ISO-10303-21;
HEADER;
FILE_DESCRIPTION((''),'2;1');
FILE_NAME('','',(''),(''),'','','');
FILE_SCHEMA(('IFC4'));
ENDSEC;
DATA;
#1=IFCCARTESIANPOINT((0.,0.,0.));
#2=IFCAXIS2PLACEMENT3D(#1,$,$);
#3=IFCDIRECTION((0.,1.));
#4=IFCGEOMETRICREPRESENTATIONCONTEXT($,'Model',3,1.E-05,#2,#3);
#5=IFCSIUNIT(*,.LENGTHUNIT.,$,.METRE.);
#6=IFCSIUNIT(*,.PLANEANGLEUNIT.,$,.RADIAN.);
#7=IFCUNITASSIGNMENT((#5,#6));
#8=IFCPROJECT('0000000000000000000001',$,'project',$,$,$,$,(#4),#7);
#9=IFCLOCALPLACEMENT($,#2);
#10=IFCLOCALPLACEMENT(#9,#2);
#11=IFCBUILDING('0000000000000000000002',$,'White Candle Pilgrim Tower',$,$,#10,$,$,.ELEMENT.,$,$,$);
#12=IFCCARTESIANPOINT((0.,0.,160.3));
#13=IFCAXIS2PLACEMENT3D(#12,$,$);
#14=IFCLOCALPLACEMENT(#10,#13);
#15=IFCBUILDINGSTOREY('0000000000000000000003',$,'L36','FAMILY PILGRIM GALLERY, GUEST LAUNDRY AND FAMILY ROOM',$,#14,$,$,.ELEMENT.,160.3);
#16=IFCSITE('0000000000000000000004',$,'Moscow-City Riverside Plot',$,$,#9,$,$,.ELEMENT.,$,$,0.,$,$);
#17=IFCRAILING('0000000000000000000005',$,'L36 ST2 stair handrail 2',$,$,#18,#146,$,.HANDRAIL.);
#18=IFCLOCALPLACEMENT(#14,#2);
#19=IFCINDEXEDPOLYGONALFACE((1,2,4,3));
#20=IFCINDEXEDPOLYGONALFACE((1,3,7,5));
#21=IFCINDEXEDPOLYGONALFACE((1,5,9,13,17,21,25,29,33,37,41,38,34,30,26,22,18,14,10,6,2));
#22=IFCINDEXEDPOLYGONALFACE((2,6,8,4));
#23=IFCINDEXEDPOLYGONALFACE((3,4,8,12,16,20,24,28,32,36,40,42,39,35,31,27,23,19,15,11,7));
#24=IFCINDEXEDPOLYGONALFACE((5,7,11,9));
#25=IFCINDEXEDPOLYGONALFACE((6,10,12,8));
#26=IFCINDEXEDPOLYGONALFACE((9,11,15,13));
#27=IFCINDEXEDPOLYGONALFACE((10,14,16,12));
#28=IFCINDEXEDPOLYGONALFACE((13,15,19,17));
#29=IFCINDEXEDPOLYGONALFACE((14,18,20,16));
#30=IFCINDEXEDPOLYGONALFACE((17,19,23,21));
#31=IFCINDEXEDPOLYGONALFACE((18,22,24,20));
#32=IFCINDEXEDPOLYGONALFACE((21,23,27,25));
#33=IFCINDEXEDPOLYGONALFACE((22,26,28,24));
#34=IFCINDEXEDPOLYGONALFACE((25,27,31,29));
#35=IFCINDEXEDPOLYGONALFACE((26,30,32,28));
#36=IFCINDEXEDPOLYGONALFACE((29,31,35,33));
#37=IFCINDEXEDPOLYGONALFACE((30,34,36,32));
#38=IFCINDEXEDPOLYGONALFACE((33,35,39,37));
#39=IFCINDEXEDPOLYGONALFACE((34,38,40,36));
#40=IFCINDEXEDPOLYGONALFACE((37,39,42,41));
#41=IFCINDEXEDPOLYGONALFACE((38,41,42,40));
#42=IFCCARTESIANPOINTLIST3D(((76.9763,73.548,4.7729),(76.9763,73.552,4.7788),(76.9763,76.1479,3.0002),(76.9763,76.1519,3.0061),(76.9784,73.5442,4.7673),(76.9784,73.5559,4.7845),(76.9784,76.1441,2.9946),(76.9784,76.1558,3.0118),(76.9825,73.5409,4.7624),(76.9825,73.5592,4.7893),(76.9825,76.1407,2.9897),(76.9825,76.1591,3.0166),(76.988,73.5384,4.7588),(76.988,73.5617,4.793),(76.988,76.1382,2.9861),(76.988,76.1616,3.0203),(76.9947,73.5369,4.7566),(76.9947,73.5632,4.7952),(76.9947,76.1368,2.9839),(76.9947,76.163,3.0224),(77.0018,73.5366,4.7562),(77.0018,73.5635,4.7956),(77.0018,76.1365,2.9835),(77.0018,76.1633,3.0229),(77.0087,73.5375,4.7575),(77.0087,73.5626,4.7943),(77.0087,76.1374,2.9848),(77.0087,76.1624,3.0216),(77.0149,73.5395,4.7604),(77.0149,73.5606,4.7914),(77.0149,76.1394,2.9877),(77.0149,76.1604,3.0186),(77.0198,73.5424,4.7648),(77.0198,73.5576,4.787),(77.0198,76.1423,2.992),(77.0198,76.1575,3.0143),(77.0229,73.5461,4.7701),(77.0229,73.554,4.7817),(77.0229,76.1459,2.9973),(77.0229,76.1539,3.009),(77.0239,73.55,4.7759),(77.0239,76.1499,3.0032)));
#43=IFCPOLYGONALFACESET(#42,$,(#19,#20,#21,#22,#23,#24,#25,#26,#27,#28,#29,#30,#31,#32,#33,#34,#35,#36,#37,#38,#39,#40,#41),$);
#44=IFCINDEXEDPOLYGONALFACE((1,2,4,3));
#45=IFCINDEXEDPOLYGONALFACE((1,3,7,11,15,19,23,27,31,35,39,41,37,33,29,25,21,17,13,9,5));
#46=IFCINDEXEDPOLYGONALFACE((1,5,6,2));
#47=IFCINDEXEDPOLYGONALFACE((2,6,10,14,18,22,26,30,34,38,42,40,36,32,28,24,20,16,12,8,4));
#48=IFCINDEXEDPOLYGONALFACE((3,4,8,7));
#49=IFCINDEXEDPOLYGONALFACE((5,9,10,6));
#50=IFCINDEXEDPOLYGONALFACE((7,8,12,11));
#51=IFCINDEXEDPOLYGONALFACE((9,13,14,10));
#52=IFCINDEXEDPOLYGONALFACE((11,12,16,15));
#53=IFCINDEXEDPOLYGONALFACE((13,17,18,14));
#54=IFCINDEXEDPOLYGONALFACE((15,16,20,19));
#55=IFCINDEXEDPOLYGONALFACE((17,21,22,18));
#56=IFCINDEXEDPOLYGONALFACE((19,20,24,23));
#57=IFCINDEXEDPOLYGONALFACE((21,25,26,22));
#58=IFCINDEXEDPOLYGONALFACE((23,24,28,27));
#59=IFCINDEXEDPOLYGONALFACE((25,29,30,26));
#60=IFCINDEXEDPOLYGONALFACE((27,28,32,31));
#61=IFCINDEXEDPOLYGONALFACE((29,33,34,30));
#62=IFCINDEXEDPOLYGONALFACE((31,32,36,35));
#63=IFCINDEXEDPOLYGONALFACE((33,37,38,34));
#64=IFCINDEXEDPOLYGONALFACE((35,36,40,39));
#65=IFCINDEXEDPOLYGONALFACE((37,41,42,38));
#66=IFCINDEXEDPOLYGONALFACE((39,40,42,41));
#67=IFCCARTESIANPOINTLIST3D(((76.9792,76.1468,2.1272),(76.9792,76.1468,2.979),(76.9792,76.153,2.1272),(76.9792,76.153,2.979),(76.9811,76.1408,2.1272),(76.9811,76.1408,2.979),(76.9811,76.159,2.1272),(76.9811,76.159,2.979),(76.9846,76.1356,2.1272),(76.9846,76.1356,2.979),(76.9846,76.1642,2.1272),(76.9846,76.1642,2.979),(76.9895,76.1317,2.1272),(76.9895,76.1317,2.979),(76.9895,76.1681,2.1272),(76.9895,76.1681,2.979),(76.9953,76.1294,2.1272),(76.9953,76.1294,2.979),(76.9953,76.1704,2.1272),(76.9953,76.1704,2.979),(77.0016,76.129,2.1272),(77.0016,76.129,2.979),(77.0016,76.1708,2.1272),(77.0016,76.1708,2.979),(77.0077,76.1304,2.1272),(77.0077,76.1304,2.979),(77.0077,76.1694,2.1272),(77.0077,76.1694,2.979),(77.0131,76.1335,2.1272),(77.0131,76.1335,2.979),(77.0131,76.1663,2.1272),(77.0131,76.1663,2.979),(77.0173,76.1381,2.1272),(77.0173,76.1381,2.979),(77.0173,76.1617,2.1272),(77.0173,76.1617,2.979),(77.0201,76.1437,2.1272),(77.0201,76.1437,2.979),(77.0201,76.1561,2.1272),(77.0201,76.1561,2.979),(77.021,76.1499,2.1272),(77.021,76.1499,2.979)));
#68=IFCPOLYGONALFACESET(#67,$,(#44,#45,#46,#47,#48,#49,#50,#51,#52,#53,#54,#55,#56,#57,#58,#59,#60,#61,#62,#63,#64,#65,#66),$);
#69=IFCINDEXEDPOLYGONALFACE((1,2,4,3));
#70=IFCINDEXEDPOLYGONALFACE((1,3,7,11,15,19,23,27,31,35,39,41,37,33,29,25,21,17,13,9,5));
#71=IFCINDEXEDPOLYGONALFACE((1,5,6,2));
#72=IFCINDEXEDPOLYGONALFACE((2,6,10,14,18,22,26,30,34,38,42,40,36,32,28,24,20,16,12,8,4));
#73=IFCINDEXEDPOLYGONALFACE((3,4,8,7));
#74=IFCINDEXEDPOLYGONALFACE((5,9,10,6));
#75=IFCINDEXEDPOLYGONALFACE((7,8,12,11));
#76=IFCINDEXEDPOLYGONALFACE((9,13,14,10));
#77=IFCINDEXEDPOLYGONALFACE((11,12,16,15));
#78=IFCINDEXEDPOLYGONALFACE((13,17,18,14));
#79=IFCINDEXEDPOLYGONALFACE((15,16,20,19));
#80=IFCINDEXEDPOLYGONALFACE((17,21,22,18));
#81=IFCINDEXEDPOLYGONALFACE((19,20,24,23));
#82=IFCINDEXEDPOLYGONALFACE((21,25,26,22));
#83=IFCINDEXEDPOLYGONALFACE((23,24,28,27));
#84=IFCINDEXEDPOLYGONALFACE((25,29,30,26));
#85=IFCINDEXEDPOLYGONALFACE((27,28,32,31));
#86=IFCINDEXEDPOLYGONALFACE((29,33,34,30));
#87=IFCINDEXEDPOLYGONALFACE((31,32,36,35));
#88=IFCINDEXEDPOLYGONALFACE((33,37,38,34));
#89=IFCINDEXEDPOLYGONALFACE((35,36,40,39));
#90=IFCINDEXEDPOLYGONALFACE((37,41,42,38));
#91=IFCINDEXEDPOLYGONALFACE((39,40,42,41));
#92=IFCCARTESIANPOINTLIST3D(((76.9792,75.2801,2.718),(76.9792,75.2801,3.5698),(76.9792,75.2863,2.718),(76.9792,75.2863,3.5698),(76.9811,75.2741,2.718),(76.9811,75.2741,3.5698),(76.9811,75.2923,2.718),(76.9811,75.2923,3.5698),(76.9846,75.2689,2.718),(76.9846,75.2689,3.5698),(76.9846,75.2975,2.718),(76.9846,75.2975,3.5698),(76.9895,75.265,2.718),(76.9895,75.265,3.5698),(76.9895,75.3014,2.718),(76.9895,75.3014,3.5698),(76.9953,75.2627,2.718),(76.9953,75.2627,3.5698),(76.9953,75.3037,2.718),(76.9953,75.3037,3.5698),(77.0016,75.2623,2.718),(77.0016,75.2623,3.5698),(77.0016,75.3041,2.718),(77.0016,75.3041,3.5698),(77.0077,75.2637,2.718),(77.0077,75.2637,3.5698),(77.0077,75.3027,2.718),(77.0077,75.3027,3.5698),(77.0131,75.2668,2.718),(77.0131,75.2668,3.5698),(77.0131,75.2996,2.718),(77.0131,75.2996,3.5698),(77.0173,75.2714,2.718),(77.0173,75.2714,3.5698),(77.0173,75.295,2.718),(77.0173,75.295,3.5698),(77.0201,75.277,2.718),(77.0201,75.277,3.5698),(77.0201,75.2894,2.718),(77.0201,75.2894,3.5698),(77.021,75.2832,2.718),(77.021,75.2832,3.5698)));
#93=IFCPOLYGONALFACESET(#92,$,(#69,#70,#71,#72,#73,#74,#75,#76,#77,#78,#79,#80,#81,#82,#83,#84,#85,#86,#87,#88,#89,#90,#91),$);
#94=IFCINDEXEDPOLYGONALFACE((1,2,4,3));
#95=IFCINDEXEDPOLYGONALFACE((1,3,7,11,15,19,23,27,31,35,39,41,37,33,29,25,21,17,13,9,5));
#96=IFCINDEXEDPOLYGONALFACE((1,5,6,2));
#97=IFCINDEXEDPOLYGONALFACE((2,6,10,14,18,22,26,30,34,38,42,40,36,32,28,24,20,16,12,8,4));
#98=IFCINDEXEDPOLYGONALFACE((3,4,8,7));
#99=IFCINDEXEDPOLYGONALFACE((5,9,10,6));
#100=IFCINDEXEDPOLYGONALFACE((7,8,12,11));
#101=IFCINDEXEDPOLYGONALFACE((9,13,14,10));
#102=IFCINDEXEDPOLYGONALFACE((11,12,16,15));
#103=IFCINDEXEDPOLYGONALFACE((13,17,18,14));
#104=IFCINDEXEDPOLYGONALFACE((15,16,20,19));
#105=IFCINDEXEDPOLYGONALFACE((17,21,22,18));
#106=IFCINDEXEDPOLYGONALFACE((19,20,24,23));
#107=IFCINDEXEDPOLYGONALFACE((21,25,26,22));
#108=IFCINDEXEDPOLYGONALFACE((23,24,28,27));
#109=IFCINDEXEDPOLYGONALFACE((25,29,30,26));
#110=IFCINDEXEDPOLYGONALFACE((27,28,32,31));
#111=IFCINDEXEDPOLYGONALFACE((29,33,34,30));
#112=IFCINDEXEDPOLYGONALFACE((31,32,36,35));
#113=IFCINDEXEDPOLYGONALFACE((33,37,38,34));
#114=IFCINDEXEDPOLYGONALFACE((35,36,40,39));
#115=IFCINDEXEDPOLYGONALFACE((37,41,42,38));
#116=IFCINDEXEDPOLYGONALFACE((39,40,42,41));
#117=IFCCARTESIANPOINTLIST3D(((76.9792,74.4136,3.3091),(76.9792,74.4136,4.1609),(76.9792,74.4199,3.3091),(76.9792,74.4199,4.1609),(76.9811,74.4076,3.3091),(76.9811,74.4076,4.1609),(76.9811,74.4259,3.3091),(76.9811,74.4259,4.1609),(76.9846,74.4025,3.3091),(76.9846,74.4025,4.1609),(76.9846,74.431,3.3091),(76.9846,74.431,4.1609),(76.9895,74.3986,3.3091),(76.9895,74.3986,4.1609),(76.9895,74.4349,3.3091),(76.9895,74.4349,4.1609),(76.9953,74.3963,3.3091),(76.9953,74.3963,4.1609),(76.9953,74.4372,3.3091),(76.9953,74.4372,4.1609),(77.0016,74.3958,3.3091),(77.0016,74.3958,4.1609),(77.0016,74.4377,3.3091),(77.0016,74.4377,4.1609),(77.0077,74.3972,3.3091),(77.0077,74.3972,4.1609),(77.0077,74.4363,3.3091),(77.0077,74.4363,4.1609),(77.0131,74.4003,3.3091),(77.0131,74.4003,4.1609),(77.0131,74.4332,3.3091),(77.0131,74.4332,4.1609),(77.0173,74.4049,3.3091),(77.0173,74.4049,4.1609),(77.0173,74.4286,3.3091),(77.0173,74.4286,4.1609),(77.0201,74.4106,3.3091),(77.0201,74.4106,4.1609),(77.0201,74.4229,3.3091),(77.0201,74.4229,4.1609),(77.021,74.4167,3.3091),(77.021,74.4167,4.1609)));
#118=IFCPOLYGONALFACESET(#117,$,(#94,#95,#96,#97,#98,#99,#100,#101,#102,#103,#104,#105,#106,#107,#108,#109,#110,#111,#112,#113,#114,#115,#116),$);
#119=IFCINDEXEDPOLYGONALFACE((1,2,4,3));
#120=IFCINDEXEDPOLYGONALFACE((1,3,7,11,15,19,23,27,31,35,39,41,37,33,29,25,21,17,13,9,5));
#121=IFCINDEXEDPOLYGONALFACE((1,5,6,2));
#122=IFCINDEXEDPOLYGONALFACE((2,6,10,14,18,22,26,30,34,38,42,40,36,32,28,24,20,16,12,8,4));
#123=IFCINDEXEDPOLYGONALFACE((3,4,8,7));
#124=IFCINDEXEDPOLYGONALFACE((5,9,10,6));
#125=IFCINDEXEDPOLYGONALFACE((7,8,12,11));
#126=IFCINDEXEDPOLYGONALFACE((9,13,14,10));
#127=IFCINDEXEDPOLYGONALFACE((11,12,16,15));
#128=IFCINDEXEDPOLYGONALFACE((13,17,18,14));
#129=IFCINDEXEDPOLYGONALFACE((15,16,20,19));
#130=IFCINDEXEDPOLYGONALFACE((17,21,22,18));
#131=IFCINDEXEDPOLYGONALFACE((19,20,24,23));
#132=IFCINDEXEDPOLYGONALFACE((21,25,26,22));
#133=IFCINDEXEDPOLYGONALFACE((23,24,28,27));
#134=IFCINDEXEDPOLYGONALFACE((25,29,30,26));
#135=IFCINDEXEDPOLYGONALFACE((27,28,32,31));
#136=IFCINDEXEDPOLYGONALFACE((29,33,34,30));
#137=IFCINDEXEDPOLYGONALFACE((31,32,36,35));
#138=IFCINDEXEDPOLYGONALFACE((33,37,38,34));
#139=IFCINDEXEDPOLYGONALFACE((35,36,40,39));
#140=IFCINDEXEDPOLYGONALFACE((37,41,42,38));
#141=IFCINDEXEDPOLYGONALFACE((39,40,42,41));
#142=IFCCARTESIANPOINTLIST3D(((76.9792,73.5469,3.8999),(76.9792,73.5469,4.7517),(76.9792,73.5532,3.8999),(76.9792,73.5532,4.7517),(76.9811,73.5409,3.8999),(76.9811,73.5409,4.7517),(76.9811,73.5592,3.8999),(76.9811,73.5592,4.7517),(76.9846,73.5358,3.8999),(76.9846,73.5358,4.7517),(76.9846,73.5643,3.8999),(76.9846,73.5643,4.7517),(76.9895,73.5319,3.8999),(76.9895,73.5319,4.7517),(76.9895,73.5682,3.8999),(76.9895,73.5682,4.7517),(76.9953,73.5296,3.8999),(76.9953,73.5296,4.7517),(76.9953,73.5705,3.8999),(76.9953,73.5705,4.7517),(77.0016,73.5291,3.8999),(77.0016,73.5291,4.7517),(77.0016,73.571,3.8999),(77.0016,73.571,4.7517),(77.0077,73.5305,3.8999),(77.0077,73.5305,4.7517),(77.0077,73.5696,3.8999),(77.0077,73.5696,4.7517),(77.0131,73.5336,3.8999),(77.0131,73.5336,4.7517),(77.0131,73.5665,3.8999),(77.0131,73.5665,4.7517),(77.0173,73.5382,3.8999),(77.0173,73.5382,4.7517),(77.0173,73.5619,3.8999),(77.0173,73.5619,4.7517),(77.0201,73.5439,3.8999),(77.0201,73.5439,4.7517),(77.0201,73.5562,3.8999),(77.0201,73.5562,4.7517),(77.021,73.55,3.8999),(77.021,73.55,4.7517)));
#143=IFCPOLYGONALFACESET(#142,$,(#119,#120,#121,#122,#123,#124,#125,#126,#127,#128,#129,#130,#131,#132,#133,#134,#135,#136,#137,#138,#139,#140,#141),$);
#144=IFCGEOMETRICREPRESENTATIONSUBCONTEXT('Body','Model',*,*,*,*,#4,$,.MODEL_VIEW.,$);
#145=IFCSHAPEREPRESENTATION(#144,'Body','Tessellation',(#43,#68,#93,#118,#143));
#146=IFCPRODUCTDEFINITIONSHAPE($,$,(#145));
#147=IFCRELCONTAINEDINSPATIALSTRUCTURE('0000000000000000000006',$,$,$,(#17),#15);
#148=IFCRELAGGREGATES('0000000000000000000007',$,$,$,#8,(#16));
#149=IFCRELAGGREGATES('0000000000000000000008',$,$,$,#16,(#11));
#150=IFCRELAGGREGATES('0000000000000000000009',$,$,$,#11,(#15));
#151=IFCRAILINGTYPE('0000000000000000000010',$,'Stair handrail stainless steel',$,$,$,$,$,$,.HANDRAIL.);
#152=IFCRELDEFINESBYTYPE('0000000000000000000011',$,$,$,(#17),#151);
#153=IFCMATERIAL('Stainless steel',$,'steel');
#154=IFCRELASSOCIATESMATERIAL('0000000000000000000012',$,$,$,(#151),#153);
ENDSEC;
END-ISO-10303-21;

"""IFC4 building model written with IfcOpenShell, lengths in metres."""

from ifc_helpers import new_model, si_unit, direction, frame, origin, origin_2d, place, context, subcontext, project, spatial, circle, extrude, material, type_object, element, save


model = new_model("IFC4")

# Units and contexts
model_context = context("Model", 3, precision=1e-05, world=origin(), true_north=direction((0.0, 1.0)))
body_context = subcontext(model_context, "Body", "Model", "MODEL_VIEW")
ifc_project = project(units=[si_unit("LENGTHUNIT", "METRE"), si_unit("PLANEANGLEUNIT", "RADIAN")], contexts=[model_context])

# Site, building, storey
site_placement = place(None, origin())
site = spatial("IfcSite", under=ifc_project, at=site_placement, Name="Moscow-City Riverside Plot", CompositionType="ELEMENT", RefElevation=0.0)
building_placement = place(site_placement, origin())
building = spatial("IfcBuilding", under=site, at=building_placement, Name="White Candle Pilgrim Tower", CompositionType="ELEMENT")
storey_placement = place(building_placement, frame((0.0, 0.0, 160.3)))
storey = spatial("IfcBuildingStorey", under=building, at=storey_placement, Name="L36", Description="FAMILY PILGRIM GALLERY, GUEST LAUNDRY AND FAMILY ROOM", CompositionType="ELEMENT", Elevation=160.3)

# Railing
ifc_material_1 = material(Name="Stainless steel", Category="steel")
railing_type_1 = type_object("IfcRailingType", Name="Stair handrail stainless steel", PredefinedType="HANDRAIL", material=ifc_material_1)
railing_1_placement = place(storey_placement, frame((77.0, 76.1499, 2.1272)))
element("IfcRailing", 1, at=railing_1_placement, inside=storey, type_object=railing_type_1, Name="L36 ST2 stair handrail 2", PredefinedType="HANDRAIL", context=body_context, shape_type="SweptSolid", body=[
    extrude(circle(Radius=0.0239, at=origin_2d()), frame((0.0, 0.0, 0.876), z_axis=(0.0, -0.826216, 0.563354), x_axis=(1.0, 0.0, 0.0)), (0.0, 0.0, 1.0), 3.1467),
    extrude(circle(Radius=0.021, at=origin_2d()), origin(), (0.0, 0.0, 1.0), 0.8518),
    extrude(circle(Radius=0.021, at=origin_2d()), frame((0.0, -0.8667, 0.5908)), (0.0, 0.0, 1.0), 0.8518),
    extrude(circle(Radius=0.021, at=origin_2d()), frame((0.0, -1.7332, 1.1819)), (0.0, 0.0, 1.0), 0.8518),
    extrude(circle(Radius=0.021, at=origin_2d()), frame((0.0, -2.5999, 1.7727)), (0.0, 0.0, 1.0), 0.8518),
])

save(model, "model.ifc")
